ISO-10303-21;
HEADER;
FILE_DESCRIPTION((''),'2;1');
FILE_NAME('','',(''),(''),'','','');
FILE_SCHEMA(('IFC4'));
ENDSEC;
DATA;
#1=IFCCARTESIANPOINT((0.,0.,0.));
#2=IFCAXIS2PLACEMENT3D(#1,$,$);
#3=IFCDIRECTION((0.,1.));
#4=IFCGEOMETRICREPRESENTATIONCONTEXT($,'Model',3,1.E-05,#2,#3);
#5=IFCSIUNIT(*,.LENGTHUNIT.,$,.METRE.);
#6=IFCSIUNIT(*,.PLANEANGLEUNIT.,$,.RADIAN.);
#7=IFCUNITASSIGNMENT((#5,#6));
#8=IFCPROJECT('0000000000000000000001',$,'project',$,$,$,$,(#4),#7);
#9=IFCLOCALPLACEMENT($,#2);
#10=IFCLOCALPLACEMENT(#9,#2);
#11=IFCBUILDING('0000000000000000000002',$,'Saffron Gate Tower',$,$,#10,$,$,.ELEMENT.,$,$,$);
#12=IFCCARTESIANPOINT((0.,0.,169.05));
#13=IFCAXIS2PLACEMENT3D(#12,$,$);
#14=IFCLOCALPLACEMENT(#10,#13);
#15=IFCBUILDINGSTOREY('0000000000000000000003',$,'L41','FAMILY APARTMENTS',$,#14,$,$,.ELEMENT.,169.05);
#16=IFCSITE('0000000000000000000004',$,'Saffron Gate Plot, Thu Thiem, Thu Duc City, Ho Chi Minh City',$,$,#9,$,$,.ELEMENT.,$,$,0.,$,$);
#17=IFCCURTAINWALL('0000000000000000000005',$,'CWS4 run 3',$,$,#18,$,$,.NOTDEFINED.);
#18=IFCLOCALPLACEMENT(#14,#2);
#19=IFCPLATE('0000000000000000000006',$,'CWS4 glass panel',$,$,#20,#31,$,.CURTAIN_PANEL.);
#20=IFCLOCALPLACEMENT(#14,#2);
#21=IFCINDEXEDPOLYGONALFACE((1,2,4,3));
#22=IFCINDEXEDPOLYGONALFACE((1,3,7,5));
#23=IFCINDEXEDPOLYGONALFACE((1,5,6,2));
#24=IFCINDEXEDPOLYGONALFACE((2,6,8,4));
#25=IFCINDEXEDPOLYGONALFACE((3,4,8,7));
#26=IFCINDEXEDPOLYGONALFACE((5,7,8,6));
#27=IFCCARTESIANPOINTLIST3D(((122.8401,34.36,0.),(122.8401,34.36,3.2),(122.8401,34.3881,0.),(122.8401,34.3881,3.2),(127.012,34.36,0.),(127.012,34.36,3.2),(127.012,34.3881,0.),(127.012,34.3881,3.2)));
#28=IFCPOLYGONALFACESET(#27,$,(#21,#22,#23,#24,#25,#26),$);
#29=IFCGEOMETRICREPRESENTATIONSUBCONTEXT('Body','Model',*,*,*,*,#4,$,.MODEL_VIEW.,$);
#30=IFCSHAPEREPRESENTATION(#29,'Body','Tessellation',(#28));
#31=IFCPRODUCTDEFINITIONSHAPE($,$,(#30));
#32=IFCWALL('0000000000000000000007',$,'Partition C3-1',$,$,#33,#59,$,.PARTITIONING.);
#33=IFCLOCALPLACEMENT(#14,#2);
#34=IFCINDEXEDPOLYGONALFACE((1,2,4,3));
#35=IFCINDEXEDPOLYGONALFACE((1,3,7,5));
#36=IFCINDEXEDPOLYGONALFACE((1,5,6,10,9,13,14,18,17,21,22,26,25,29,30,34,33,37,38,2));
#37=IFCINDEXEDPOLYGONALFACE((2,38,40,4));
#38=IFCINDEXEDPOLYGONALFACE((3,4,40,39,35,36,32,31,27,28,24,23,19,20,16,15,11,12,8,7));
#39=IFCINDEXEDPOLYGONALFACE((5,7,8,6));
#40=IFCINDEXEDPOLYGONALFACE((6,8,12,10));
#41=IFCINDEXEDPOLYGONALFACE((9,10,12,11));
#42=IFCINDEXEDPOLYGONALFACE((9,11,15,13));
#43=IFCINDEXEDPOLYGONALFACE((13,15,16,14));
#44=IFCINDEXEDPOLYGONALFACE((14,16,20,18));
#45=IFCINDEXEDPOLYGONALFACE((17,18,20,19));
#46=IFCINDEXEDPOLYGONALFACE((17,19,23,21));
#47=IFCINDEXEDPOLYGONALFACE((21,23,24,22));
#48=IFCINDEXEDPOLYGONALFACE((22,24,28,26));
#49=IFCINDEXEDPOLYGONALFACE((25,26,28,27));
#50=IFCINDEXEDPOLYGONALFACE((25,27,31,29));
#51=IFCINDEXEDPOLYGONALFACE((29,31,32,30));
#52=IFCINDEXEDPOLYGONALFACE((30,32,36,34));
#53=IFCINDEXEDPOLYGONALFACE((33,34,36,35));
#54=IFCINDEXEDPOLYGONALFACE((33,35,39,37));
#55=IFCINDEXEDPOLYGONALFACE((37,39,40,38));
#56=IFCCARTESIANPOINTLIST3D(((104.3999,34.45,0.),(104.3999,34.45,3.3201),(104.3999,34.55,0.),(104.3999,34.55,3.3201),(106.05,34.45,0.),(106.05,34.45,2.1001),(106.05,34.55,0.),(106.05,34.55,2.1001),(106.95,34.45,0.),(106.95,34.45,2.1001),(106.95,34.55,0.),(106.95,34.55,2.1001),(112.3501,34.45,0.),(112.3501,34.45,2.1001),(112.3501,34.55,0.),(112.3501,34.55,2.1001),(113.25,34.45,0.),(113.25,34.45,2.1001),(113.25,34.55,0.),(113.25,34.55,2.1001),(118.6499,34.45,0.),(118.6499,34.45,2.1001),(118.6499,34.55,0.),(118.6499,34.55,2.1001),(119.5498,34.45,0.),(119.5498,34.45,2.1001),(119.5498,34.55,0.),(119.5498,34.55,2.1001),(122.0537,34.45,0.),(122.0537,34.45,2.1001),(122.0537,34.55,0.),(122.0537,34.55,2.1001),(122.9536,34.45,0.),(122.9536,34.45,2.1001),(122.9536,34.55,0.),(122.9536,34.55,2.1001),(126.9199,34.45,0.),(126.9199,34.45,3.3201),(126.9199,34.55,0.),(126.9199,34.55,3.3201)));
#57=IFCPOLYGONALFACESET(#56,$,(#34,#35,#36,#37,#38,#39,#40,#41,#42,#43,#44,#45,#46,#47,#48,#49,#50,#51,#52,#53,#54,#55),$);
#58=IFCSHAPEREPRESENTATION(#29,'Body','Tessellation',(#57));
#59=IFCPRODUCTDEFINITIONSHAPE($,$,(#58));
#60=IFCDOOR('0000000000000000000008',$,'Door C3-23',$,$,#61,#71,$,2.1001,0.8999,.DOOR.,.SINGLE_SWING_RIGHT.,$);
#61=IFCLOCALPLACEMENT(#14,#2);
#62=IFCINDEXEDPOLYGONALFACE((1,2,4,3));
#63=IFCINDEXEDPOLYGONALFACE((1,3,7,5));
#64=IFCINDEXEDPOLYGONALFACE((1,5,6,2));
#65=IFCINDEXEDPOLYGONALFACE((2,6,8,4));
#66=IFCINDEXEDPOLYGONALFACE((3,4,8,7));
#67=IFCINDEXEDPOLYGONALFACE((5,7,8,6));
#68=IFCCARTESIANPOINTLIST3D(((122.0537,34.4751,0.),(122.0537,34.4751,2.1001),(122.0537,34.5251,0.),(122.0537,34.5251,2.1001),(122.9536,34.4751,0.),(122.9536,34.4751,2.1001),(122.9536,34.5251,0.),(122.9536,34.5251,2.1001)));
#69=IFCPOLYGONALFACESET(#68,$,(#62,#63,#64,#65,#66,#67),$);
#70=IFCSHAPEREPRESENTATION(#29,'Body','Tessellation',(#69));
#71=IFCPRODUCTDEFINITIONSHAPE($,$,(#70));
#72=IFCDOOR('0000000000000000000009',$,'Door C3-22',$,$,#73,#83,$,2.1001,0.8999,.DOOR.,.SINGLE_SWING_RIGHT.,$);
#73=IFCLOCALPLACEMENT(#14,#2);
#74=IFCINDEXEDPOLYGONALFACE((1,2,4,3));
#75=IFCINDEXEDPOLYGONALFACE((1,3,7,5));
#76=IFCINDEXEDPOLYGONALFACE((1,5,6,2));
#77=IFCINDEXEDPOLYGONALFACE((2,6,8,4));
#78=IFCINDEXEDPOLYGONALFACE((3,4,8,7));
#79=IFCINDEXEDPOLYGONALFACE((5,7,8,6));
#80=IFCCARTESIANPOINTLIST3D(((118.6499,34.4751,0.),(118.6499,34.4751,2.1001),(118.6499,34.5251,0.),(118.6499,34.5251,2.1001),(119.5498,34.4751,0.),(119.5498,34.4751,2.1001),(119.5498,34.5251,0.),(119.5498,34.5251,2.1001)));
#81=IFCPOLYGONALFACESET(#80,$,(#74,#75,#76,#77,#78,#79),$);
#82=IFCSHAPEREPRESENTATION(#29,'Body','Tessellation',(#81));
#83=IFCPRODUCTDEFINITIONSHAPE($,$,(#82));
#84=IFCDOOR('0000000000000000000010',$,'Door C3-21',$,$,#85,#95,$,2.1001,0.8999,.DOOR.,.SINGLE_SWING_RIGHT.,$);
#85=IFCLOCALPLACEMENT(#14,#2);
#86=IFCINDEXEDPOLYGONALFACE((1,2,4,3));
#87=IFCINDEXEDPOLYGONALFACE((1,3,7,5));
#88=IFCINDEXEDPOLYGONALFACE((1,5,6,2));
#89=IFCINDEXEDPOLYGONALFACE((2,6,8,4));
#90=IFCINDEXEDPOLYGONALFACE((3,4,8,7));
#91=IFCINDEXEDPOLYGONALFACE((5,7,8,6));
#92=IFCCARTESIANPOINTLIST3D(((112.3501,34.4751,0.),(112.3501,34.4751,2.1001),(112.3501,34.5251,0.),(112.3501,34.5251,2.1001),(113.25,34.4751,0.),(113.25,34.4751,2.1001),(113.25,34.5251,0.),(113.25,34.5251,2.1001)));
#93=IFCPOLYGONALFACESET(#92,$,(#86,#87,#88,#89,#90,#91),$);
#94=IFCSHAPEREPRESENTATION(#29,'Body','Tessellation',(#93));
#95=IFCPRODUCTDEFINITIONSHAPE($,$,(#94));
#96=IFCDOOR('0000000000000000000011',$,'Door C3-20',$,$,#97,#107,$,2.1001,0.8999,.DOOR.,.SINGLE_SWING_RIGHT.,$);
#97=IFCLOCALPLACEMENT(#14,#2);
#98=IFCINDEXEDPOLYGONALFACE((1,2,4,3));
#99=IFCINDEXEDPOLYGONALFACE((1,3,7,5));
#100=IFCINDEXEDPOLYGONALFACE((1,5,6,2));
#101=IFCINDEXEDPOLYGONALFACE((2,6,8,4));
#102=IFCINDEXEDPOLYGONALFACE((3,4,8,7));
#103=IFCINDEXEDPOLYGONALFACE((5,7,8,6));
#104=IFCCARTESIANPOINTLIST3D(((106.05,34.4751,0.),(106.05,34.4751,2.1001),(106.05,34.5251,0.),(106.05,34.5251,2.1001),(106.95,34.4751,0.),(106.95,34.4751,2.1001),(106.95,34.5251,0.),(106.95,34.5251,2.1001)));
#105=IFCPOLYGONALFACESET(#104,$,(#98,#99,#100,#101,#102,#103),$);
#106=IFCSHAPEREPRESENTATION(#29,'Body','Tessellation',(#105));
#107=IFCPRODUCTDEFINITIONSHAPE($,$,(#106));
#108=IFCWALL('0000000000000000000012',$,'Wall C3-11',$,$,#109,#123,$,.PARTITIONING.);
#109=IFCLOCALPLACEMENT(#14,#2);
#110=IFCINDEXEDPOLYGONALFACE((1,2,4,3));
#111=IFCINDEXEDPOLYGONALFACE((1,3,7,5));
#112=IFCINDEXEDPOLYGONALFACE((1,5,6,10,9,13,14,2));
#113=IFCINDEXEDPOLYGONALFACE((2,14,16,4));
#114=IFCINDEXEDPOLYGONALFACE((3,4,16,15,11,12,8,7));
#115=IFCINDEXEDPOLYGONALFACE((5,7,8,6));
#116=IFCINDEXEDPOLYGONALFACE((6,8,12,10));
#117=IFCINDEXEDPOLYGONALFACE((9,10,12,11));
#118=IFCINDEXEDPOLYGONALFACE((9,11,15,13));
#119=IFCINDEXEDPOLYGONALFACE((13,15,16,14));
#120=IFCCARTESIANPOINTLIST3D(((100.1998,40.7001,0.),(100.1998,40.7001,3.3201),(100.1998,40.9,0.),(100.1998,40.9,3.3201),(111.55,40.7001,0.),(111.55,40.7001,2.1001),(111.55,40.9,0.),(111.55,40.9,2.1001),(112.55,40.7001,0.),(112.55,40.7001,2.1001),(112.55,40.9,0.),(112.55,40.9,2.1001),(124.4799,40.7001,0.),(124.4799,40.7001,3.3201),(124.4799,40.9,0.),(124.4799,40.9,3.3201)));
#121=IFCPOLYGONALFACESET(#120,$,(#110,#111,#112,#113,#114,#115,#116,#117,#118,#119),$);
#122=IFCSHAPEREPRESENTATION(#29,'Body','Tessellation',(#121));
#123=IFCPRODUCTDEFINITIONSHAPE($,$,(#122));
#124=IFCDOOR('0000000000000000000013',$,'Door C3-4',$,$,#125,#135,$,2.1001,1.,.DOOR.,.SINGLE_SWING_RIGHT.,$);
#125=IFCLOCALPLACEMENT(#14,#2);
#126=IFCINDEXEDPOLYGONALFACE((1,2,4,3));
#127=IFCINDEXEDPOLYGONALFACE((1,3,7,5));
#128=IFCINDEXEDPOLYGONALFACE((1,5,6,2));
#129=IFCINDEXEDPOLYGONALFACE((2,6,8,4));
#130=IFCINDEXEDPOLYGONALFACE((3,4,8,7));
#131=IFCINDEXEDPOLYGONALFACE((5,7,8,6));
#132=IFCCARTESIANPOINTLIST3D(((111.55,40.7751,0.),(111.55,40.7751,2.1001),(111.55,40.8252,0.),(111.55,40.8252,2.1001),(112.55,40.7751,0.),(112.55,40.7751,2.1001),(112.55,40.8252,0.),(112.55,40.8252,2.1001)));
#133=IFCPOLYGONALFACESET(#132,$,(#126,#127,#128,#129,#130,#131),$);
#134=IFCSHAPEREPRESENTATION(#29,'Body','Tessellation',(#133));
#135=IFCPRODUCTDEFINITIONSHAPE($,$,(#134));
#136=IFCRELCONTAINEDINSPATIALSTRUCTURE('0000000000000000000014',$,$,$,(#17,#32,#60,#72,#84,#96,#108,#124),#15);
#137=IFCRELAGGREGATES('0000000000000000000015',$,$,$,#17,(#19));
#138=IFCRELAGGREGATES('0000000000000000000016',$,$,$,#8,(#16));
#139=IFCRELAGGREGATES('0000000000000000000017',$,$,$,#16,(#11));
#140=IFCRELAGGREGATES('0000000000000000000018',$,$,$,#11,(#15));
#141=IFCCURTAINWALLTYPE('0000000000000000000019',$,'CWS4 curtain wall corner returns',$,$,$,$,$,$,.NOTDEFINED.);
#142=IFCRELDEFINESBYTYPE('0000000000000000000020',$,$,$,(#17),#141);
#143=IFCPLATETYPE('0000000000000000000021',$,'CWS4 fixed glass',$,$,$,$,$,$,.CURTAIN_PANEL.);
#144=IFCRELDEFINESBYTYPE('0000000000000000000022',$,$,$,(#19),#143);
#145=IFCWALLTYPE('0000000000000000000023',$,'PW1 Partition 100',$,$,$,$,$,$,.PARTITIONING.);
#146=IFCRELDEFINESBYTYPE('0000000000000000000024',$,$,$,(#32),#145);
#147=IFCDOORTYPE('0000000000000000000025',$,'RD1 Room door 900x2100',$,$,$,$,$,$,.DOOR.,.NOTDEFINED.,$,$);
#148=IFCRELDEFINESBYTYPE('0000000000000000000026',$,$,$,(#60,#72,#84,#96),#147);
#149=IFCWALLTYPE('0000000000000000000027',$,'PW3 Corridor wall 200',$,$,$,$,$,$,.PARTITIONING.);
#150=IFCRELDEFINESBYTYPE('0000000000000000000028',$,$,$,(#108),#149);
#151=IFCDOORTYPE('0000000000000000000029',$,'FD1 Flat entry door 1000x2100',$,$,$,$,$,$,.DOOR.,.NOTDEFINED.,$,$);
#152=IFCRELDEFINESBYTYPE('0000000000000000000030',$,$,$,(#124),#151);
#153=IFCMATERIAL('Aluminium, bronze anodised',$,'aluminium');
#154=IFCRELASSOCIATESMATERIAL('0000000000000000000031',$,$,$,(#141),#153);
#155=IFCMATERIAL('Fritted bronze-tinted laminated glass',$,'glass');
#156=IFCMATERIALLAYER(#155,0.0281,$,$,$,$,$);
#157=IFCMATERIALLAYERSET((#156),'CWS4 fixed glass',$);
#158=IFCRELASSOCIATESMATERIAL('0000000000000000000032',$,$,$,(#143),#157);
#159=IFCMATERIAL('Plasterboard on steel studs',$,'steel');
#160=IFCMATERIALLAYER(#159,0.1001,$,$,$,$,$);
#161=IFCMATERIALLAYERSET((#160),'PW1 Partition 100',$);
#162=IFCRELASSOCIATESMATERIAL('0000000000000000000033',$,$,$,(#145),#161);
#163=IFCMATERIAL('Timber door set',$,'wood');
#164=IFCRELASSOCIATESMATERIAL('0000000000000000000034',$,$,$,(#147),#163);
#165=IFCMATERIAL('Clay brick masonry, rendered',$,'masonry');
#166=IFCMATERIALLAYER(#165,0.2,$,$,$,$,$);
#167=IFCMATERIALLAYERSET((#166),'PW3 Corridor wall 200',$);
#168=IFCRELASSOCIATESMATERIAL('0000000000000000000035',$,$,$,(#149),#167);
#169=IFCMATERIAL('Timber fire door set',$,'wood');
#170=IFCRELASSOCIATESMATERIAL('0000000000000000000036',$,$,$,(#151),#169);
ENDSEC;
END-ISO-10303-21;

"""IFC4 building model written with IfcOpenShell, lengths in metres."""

from ifc_helpers import new_model, si_unit, direction, frame, frame_2d, origin, place, context, subcontext, project, spatial, rectangle, extrude, material, layer, layer_set, type_object, element, fill, aggregate, save


model = new_model("IFC4")

# Units and contexts
model_context = context("Model", 3, precision=1e-05, world=origin(), true_north=direction((0.0, 1.0)))
body_context = subcontext(model_context, "Body", "Model", "MODEL_VIEW")
ifc_project = project(units=[si_unit("LENGTHUNIT", "METRE"), si_unit("PLANEANGLEUNIT", "RADIAN")], contexts=[model_context])

# Site, building, storey
site_placement = place(None, origin())
site = spatial("IfcSite", under=ifc_project, at=site_placement, Name="Saffron Gate Plot, Thu Thiem, Thu Duc City, Ho Chi Minh City", CompositionType="ELEMENT", RefElevation=0.0)
building_placement = place(site_placement, origin())
building = spatial("IfcBuilding", under=site, at=building_placement, Name="Saffron Gate Tower", CompositionType="ELEMENT")
storey_placement = place(building_placement, frame((0.0, 0.0, 169.05)))
storey = spatial("IfcBuildingStorey", under=building, at=storey_placement, Name="L41", Description="FAMILY APARTMENTS", CompositionType="ELEMENT", Elevation=169.05)

# Shared definitions
ifc_material_1 = material(Name="Aluminium, bronze anodised", Category="aluminium")

# Curtain wall
curtain_wall_type_1 = type_object("IfcCurtainWallType", Name="CWS4 curtain wall corner returns", PredefinedType="NOTDEFINED", material=ifc_material_1)
curtain_wall_1_placement = place(storey_placement, origin())
curtain_wall_1 = element("IfcCurtainWall", 1, at=curtain_wall_1_placement, inside=storey, type_object=curtain_wall_type_1, Name="CWS4 run 3", PredefinedType="NOTDEFINED")

# Shared definitions
ifc_material_2 = material(Name="Fritted bronze-tinted laminated glass", Category="glass")

# Plate
ifc_layer_1 = layer(ifc_material_2, 0.0281)
ifc_layer_set_1 = layer_set([ifc_layer_1], Name="CWS4 fixed glass")
plate_type_1 = type_object("IfcPlateType", Name="CWS4 fixed glass", PredefinedType="CURTAIN_PANEL", material=ifc_layer_set_1)
plate_1_placement = place(storey_placement, frame((122.8401, 34.374, 0.0), z_axis=(0.0, 0.0, 1.0), x_axis=(1.0, 0.0, 0.0)))
plate_1 = element("IfcPlate", 2, at=plate_1_placement, type_object=plate_type_1, Name="CWS4 glass panel", PredefinedType="CURTAIN_PANEL", context=body_context, shape_type="SweptSolid", body=[
    extrude(rectangle(XDim=4.1719, YDim=0.0281, at=frame_2d((2.0859, 0.0))), origin(), (0.0, 0.0, 1.0), 3.2),
])
aggregate(curtain_wall_1, [plate_1])

# Wall, openings, doors
ifc_material_3 = material(Name="Plasterboard on steel studs", Category="steel")
ifc_layer_2 = layer(ifc_material_3, 0.1001)
ifc_layer_set_2 = layer_set([ifc_layer_2], Name="PW1 Partition 100")
wall_type_1 = type_object("IfcWallType", Name="PW1 Partition 100", PredefinedType="PARTITIONING", material=ifc_layer_set_2)
wall_1_placement = place(storey_placement, frame((126.9199, 34.5, 0.0), z_axis=(0.0, 0.0, 1.0), x_axis=(-1.0, 0.0, 0.0)))
wall_1 = element("IfcWall", 3, at=wall_1_placement, inside=storey, type_object=wall_type_1, Name="Partition C3-1", PredefinedType="PARTITIONING", context=body_context, shape_type="SweptSolid", body=[
    extrude(rectangle(XDim=22.52, YDim=0.1001, at=frame_2d((11.26, 0.0))), origin(), (0.0, 0.0, 1.0), 3.3201),
])
opening_1_placement = place(wall_1_placement, frame((3.9663, 0.0, 0.0)))
opening_1 = element("IfcOpeningElement", 4, at=opening_1_placement, cuts=wall_1, PredefinedType="OPENING", context=body_context, shape_type="SweptSolid", body=[
    extrude(rectangle(XDim=0.8999, YDim=2.1001, at=frame_2d((0.45, 1.05))), frame((0.0, 0.0601, 0.0), z_axis=(0.0, -1.0, 0.0), x_axis=(1.0, 0.0, 0.0)), (0.0, 0.0, 1.0), 0.1201),
])
opening_2_placement = place(wall_1_placement, frame((7.3701, 0.0, 0.0)))
opening_2 = element("IfcOpeningElement", 5, at=opening_2_placement, cuts=wall_1, PredefinedType="OPENING", context=body_context, shape_type="SweptSolid", body=[
    extrude(rectangle(XDim=0.8999, YDim=2.1001, at=frame_2d((0.45, 1.05))), frame((0.0, 0.0601, 0.0), z_axis=(0.0, -1.0, 0.0), x_axis=(1.0, 0.0, 0.0)), (0.0, 0.0, 1.0), 0.1201),
])
opening_3_placement = place(wall_1_placement, frame((13.6699, 0.0, 0.0)))
opening_3 = element("IfcOpeningElement", 6, at=opening_3_placement, cuts=wall_1, PredefinedType="OPENING", context=body_context, shape_type="SweptSolid", body=[
    extrude(rectangle(XDim=0.8999, YDim=2.1001, at=frame_2d((0.45, 1.05))), frame((0.0, 0.0601, 0.0), z_axis=(0.0, -1.0, 0.0), x_axis=(1.0, 0.0, 0.0)), (0.0, 0.0, 1.0), 0.1201),
])
opening_4_placement = place(wall_1_placement, frame((19.97, 0.0, 0.0)))
opening_4 = element("IfcOpeningElement", 7, at=opening_4_placement, cuts=wall_1, PredefinedType="OPENING", context=body_context, shape_type="SweptSolid", body=[
    extrude(rectangle(XDim=0.8999, YDim=2.1001, at=frame_2d((0.45, 1.05))), frame((0.0, 0.0601, 0.0), z_axis=(0.0, -1.0, 0.0), x_axis=(1.0, 0.0, 0.0)), (0.0, 0.0, 1.0), 0.1201),
])
ifc_material_4 = material(Name="Timber door set", Category="wood")
door_type_1 = type_object("IfcDoorType", Name="RD1 Room door 900x2100", OperationType="NOTDEFINED", PredefinedType="DOOR", material=ifc_material_4)
door_1_placement = place(opening_1_placement, origin())
door_1 = element("IfcDoor", 8, at=door_1_placement, inside=storey, type_object=door_type_1, Name="Door C3-23", OperationType="SINGLE_SWING_RIGHT", OverallHeight=2.1001, OverallWidth=0.8999, PredefinedType="DOOR", context=body_context, shape_type="SweptSolid", body=[
    extrude(rectangle(XDim=0.8999, YDim=2.1001, at=frame_2d((0.45, 1.05))), frame((0.0, 0.0249, 0.0), z_axis=(0.0, -1.0, 0.0), x_axis=(1.0, 0.0, 0.0)), (0.0, 0.0, 1.0), 0.05),
])
fill(opening_1, door_1)
door_2_placement = place(opening_2_placement, origin())
door_2 = element("IfcDoor", 9, at=door_2_placement, inside=storey, type_object=door_type_1, Name="Door C3-22", OperationType="SINGLE_SWING_RIGHT", OverallHeight=2.1001, OverallWidth=0.8999, PredefinedType="DOOR", context=body_context, shape_type="SweptSolid", body=[
    extrude(rectangle(XDim=0.8999, YDim=2.1001, at=frame_2d((0.45, 1.05))), frame((0.0, 0.0249, 0.0), z_axis=(0.0, -1.0, 0.0), x_axis=(1.0, 0.0, 0.0)), (0.0, 0.0, 1.0), 0.05),
])
fill(opening_2, door_2)
door_3_placement = place(opening_3_placement, origin())
door_3 = element("IfcDoor", 10, at=door_3_placement, inside=storey, type_object=door_type_1, Name="Door C3-21", OperationType="SINGLE_SWING_RIGHT", OverallHeight=2.1001, OverallWidth=0.8999, PredefinedType="DOOR", context=body_context, shape_type="SweptSolid", body=[
    extrude(rectangle(XDim=0.8999, YDim=2.1001, at=frame_2d((0.45, 1.05))), frame((0.0, 0.0249, 0.0), z_axis=(0.0, -1.0, 0.0), x_axis=(1.0, 0.0, 0.0)), (0.0, 0.0, 1.0), 0.05),
])
fill(opening_3, door_3)
door_4_placement = place(opening_4_placement, origin())
door_4 = element("IfcDoor", 11, at=door_4_placement, inside=storey, type_object=door_type_1, Name="Door C3-20", OperationType="SINGLE_SWING_RIGHT", OverallHeight=2.1001, OverallWidth=0.8999, PredefinedType="DOOR", context=body_context, shape_type="SweptSolid", body=[
    extrude(rectangle(XDim=0.8999, YDim=2.1001, at=frame_2d((0.45, 1.05))), frame((0.0, 0.0249, 0.0), z_axis=(0.0, -1.0, 0.0), x_axis=(1.0, 0.0, 0.0)), (0.0, 0.0, 1.0), 0.05),
])
fill(opening_4, door_4)

# Wall, opening, door
ifc_material_5 = material(Name="Clay brick masonry, rendered", Category="masonry")
ifc_layer_3 = layer(ifc_material_5, 0.2)
ifc_layer_set_3 = layer_set([ifc_layer_3], Name="PW3 Corridor wall 200")
wall_type_2 = type_object("IfcWallType", Name="PW3 Corridor wall 200", PredefinedType="PARTITIONING", material=ifc_layer_set_3)
wall_2_placement = place(storey_placement, frame((124.48, 40.8, 0.0), z_axis=(0.0, 0.0, 1.0), x_axis=(-1.0, 0.0, 0.0)))
wall_2 = element("IfcWall", 12, at=wall_2_placement, inside=storey, type_object=wall_type_2, Name="Wall C3-11", PredefinedType="PARTITIONING", context=body_context, shape_type="SweptSolid", body=[
    extrude(rectangle(XDim=24.28, YDim=0.2, at=frame_2d((12.1401, 0.0))), origin(), (0.0, 0.0, 1.0), 3.3201),
])
opening_5_placement = place(wall_2_placement, frame((11.9299, 0.0, 0.0)))
opening_5 = element("IfcOpeningElement", 13, at=opening_5_placement, cuts=wall_2, PredefinedType="OPENING", context=body_context, shape_type="SweptSolid", body=[
    extrude(rectangle(XDim=1.0, YDim=2.1001, at=frame_2d((0.5, 1.05))), frame((0.0, 0.1099, 0.0), z_axis=(0.0, -1.0, 0.0), x_axis=(1.0, 0.0, 0.0)), (0.0, 0.0, 1.0), 0.22),
])
ifc_material_6 = material(Name="Timber fire door set", Category="wood")
door_type_2 = type_object("IfcDoorType", Name="FD1 Flat entry door 1000x2100", OperationType="NOTDEFINED", PredefinedType="DOOR", material=ifc_material_6)
door_5_placement = place(opening_5_placement, origin())
door_5 = element("IfcDoor", 14, at=door_5_placement, inside=storey, type_object=door_type_2, Name="Door C3-4", OperationType="SINGLE_SWING_RIGHT", OverallHeight=2.1001, OverallWidth=1.0, PredefinedType="DOOR", context=body_context, shape_type="SweptSolid", body=[
    extrude(rectangle(XDim=1.0, YDim=2.1001, at=frame_2d((0.5, 1.05))), frame((0.0, 0.0249, 0.0), z_axis=(0.0, -1.0, 0.0), x_axis=(1.0, 0.0, 0.0)), (0.0, 0.0, 1.0), 0.05),
])
fill(opening_5, door_5)

save(model, "model.ifc")
